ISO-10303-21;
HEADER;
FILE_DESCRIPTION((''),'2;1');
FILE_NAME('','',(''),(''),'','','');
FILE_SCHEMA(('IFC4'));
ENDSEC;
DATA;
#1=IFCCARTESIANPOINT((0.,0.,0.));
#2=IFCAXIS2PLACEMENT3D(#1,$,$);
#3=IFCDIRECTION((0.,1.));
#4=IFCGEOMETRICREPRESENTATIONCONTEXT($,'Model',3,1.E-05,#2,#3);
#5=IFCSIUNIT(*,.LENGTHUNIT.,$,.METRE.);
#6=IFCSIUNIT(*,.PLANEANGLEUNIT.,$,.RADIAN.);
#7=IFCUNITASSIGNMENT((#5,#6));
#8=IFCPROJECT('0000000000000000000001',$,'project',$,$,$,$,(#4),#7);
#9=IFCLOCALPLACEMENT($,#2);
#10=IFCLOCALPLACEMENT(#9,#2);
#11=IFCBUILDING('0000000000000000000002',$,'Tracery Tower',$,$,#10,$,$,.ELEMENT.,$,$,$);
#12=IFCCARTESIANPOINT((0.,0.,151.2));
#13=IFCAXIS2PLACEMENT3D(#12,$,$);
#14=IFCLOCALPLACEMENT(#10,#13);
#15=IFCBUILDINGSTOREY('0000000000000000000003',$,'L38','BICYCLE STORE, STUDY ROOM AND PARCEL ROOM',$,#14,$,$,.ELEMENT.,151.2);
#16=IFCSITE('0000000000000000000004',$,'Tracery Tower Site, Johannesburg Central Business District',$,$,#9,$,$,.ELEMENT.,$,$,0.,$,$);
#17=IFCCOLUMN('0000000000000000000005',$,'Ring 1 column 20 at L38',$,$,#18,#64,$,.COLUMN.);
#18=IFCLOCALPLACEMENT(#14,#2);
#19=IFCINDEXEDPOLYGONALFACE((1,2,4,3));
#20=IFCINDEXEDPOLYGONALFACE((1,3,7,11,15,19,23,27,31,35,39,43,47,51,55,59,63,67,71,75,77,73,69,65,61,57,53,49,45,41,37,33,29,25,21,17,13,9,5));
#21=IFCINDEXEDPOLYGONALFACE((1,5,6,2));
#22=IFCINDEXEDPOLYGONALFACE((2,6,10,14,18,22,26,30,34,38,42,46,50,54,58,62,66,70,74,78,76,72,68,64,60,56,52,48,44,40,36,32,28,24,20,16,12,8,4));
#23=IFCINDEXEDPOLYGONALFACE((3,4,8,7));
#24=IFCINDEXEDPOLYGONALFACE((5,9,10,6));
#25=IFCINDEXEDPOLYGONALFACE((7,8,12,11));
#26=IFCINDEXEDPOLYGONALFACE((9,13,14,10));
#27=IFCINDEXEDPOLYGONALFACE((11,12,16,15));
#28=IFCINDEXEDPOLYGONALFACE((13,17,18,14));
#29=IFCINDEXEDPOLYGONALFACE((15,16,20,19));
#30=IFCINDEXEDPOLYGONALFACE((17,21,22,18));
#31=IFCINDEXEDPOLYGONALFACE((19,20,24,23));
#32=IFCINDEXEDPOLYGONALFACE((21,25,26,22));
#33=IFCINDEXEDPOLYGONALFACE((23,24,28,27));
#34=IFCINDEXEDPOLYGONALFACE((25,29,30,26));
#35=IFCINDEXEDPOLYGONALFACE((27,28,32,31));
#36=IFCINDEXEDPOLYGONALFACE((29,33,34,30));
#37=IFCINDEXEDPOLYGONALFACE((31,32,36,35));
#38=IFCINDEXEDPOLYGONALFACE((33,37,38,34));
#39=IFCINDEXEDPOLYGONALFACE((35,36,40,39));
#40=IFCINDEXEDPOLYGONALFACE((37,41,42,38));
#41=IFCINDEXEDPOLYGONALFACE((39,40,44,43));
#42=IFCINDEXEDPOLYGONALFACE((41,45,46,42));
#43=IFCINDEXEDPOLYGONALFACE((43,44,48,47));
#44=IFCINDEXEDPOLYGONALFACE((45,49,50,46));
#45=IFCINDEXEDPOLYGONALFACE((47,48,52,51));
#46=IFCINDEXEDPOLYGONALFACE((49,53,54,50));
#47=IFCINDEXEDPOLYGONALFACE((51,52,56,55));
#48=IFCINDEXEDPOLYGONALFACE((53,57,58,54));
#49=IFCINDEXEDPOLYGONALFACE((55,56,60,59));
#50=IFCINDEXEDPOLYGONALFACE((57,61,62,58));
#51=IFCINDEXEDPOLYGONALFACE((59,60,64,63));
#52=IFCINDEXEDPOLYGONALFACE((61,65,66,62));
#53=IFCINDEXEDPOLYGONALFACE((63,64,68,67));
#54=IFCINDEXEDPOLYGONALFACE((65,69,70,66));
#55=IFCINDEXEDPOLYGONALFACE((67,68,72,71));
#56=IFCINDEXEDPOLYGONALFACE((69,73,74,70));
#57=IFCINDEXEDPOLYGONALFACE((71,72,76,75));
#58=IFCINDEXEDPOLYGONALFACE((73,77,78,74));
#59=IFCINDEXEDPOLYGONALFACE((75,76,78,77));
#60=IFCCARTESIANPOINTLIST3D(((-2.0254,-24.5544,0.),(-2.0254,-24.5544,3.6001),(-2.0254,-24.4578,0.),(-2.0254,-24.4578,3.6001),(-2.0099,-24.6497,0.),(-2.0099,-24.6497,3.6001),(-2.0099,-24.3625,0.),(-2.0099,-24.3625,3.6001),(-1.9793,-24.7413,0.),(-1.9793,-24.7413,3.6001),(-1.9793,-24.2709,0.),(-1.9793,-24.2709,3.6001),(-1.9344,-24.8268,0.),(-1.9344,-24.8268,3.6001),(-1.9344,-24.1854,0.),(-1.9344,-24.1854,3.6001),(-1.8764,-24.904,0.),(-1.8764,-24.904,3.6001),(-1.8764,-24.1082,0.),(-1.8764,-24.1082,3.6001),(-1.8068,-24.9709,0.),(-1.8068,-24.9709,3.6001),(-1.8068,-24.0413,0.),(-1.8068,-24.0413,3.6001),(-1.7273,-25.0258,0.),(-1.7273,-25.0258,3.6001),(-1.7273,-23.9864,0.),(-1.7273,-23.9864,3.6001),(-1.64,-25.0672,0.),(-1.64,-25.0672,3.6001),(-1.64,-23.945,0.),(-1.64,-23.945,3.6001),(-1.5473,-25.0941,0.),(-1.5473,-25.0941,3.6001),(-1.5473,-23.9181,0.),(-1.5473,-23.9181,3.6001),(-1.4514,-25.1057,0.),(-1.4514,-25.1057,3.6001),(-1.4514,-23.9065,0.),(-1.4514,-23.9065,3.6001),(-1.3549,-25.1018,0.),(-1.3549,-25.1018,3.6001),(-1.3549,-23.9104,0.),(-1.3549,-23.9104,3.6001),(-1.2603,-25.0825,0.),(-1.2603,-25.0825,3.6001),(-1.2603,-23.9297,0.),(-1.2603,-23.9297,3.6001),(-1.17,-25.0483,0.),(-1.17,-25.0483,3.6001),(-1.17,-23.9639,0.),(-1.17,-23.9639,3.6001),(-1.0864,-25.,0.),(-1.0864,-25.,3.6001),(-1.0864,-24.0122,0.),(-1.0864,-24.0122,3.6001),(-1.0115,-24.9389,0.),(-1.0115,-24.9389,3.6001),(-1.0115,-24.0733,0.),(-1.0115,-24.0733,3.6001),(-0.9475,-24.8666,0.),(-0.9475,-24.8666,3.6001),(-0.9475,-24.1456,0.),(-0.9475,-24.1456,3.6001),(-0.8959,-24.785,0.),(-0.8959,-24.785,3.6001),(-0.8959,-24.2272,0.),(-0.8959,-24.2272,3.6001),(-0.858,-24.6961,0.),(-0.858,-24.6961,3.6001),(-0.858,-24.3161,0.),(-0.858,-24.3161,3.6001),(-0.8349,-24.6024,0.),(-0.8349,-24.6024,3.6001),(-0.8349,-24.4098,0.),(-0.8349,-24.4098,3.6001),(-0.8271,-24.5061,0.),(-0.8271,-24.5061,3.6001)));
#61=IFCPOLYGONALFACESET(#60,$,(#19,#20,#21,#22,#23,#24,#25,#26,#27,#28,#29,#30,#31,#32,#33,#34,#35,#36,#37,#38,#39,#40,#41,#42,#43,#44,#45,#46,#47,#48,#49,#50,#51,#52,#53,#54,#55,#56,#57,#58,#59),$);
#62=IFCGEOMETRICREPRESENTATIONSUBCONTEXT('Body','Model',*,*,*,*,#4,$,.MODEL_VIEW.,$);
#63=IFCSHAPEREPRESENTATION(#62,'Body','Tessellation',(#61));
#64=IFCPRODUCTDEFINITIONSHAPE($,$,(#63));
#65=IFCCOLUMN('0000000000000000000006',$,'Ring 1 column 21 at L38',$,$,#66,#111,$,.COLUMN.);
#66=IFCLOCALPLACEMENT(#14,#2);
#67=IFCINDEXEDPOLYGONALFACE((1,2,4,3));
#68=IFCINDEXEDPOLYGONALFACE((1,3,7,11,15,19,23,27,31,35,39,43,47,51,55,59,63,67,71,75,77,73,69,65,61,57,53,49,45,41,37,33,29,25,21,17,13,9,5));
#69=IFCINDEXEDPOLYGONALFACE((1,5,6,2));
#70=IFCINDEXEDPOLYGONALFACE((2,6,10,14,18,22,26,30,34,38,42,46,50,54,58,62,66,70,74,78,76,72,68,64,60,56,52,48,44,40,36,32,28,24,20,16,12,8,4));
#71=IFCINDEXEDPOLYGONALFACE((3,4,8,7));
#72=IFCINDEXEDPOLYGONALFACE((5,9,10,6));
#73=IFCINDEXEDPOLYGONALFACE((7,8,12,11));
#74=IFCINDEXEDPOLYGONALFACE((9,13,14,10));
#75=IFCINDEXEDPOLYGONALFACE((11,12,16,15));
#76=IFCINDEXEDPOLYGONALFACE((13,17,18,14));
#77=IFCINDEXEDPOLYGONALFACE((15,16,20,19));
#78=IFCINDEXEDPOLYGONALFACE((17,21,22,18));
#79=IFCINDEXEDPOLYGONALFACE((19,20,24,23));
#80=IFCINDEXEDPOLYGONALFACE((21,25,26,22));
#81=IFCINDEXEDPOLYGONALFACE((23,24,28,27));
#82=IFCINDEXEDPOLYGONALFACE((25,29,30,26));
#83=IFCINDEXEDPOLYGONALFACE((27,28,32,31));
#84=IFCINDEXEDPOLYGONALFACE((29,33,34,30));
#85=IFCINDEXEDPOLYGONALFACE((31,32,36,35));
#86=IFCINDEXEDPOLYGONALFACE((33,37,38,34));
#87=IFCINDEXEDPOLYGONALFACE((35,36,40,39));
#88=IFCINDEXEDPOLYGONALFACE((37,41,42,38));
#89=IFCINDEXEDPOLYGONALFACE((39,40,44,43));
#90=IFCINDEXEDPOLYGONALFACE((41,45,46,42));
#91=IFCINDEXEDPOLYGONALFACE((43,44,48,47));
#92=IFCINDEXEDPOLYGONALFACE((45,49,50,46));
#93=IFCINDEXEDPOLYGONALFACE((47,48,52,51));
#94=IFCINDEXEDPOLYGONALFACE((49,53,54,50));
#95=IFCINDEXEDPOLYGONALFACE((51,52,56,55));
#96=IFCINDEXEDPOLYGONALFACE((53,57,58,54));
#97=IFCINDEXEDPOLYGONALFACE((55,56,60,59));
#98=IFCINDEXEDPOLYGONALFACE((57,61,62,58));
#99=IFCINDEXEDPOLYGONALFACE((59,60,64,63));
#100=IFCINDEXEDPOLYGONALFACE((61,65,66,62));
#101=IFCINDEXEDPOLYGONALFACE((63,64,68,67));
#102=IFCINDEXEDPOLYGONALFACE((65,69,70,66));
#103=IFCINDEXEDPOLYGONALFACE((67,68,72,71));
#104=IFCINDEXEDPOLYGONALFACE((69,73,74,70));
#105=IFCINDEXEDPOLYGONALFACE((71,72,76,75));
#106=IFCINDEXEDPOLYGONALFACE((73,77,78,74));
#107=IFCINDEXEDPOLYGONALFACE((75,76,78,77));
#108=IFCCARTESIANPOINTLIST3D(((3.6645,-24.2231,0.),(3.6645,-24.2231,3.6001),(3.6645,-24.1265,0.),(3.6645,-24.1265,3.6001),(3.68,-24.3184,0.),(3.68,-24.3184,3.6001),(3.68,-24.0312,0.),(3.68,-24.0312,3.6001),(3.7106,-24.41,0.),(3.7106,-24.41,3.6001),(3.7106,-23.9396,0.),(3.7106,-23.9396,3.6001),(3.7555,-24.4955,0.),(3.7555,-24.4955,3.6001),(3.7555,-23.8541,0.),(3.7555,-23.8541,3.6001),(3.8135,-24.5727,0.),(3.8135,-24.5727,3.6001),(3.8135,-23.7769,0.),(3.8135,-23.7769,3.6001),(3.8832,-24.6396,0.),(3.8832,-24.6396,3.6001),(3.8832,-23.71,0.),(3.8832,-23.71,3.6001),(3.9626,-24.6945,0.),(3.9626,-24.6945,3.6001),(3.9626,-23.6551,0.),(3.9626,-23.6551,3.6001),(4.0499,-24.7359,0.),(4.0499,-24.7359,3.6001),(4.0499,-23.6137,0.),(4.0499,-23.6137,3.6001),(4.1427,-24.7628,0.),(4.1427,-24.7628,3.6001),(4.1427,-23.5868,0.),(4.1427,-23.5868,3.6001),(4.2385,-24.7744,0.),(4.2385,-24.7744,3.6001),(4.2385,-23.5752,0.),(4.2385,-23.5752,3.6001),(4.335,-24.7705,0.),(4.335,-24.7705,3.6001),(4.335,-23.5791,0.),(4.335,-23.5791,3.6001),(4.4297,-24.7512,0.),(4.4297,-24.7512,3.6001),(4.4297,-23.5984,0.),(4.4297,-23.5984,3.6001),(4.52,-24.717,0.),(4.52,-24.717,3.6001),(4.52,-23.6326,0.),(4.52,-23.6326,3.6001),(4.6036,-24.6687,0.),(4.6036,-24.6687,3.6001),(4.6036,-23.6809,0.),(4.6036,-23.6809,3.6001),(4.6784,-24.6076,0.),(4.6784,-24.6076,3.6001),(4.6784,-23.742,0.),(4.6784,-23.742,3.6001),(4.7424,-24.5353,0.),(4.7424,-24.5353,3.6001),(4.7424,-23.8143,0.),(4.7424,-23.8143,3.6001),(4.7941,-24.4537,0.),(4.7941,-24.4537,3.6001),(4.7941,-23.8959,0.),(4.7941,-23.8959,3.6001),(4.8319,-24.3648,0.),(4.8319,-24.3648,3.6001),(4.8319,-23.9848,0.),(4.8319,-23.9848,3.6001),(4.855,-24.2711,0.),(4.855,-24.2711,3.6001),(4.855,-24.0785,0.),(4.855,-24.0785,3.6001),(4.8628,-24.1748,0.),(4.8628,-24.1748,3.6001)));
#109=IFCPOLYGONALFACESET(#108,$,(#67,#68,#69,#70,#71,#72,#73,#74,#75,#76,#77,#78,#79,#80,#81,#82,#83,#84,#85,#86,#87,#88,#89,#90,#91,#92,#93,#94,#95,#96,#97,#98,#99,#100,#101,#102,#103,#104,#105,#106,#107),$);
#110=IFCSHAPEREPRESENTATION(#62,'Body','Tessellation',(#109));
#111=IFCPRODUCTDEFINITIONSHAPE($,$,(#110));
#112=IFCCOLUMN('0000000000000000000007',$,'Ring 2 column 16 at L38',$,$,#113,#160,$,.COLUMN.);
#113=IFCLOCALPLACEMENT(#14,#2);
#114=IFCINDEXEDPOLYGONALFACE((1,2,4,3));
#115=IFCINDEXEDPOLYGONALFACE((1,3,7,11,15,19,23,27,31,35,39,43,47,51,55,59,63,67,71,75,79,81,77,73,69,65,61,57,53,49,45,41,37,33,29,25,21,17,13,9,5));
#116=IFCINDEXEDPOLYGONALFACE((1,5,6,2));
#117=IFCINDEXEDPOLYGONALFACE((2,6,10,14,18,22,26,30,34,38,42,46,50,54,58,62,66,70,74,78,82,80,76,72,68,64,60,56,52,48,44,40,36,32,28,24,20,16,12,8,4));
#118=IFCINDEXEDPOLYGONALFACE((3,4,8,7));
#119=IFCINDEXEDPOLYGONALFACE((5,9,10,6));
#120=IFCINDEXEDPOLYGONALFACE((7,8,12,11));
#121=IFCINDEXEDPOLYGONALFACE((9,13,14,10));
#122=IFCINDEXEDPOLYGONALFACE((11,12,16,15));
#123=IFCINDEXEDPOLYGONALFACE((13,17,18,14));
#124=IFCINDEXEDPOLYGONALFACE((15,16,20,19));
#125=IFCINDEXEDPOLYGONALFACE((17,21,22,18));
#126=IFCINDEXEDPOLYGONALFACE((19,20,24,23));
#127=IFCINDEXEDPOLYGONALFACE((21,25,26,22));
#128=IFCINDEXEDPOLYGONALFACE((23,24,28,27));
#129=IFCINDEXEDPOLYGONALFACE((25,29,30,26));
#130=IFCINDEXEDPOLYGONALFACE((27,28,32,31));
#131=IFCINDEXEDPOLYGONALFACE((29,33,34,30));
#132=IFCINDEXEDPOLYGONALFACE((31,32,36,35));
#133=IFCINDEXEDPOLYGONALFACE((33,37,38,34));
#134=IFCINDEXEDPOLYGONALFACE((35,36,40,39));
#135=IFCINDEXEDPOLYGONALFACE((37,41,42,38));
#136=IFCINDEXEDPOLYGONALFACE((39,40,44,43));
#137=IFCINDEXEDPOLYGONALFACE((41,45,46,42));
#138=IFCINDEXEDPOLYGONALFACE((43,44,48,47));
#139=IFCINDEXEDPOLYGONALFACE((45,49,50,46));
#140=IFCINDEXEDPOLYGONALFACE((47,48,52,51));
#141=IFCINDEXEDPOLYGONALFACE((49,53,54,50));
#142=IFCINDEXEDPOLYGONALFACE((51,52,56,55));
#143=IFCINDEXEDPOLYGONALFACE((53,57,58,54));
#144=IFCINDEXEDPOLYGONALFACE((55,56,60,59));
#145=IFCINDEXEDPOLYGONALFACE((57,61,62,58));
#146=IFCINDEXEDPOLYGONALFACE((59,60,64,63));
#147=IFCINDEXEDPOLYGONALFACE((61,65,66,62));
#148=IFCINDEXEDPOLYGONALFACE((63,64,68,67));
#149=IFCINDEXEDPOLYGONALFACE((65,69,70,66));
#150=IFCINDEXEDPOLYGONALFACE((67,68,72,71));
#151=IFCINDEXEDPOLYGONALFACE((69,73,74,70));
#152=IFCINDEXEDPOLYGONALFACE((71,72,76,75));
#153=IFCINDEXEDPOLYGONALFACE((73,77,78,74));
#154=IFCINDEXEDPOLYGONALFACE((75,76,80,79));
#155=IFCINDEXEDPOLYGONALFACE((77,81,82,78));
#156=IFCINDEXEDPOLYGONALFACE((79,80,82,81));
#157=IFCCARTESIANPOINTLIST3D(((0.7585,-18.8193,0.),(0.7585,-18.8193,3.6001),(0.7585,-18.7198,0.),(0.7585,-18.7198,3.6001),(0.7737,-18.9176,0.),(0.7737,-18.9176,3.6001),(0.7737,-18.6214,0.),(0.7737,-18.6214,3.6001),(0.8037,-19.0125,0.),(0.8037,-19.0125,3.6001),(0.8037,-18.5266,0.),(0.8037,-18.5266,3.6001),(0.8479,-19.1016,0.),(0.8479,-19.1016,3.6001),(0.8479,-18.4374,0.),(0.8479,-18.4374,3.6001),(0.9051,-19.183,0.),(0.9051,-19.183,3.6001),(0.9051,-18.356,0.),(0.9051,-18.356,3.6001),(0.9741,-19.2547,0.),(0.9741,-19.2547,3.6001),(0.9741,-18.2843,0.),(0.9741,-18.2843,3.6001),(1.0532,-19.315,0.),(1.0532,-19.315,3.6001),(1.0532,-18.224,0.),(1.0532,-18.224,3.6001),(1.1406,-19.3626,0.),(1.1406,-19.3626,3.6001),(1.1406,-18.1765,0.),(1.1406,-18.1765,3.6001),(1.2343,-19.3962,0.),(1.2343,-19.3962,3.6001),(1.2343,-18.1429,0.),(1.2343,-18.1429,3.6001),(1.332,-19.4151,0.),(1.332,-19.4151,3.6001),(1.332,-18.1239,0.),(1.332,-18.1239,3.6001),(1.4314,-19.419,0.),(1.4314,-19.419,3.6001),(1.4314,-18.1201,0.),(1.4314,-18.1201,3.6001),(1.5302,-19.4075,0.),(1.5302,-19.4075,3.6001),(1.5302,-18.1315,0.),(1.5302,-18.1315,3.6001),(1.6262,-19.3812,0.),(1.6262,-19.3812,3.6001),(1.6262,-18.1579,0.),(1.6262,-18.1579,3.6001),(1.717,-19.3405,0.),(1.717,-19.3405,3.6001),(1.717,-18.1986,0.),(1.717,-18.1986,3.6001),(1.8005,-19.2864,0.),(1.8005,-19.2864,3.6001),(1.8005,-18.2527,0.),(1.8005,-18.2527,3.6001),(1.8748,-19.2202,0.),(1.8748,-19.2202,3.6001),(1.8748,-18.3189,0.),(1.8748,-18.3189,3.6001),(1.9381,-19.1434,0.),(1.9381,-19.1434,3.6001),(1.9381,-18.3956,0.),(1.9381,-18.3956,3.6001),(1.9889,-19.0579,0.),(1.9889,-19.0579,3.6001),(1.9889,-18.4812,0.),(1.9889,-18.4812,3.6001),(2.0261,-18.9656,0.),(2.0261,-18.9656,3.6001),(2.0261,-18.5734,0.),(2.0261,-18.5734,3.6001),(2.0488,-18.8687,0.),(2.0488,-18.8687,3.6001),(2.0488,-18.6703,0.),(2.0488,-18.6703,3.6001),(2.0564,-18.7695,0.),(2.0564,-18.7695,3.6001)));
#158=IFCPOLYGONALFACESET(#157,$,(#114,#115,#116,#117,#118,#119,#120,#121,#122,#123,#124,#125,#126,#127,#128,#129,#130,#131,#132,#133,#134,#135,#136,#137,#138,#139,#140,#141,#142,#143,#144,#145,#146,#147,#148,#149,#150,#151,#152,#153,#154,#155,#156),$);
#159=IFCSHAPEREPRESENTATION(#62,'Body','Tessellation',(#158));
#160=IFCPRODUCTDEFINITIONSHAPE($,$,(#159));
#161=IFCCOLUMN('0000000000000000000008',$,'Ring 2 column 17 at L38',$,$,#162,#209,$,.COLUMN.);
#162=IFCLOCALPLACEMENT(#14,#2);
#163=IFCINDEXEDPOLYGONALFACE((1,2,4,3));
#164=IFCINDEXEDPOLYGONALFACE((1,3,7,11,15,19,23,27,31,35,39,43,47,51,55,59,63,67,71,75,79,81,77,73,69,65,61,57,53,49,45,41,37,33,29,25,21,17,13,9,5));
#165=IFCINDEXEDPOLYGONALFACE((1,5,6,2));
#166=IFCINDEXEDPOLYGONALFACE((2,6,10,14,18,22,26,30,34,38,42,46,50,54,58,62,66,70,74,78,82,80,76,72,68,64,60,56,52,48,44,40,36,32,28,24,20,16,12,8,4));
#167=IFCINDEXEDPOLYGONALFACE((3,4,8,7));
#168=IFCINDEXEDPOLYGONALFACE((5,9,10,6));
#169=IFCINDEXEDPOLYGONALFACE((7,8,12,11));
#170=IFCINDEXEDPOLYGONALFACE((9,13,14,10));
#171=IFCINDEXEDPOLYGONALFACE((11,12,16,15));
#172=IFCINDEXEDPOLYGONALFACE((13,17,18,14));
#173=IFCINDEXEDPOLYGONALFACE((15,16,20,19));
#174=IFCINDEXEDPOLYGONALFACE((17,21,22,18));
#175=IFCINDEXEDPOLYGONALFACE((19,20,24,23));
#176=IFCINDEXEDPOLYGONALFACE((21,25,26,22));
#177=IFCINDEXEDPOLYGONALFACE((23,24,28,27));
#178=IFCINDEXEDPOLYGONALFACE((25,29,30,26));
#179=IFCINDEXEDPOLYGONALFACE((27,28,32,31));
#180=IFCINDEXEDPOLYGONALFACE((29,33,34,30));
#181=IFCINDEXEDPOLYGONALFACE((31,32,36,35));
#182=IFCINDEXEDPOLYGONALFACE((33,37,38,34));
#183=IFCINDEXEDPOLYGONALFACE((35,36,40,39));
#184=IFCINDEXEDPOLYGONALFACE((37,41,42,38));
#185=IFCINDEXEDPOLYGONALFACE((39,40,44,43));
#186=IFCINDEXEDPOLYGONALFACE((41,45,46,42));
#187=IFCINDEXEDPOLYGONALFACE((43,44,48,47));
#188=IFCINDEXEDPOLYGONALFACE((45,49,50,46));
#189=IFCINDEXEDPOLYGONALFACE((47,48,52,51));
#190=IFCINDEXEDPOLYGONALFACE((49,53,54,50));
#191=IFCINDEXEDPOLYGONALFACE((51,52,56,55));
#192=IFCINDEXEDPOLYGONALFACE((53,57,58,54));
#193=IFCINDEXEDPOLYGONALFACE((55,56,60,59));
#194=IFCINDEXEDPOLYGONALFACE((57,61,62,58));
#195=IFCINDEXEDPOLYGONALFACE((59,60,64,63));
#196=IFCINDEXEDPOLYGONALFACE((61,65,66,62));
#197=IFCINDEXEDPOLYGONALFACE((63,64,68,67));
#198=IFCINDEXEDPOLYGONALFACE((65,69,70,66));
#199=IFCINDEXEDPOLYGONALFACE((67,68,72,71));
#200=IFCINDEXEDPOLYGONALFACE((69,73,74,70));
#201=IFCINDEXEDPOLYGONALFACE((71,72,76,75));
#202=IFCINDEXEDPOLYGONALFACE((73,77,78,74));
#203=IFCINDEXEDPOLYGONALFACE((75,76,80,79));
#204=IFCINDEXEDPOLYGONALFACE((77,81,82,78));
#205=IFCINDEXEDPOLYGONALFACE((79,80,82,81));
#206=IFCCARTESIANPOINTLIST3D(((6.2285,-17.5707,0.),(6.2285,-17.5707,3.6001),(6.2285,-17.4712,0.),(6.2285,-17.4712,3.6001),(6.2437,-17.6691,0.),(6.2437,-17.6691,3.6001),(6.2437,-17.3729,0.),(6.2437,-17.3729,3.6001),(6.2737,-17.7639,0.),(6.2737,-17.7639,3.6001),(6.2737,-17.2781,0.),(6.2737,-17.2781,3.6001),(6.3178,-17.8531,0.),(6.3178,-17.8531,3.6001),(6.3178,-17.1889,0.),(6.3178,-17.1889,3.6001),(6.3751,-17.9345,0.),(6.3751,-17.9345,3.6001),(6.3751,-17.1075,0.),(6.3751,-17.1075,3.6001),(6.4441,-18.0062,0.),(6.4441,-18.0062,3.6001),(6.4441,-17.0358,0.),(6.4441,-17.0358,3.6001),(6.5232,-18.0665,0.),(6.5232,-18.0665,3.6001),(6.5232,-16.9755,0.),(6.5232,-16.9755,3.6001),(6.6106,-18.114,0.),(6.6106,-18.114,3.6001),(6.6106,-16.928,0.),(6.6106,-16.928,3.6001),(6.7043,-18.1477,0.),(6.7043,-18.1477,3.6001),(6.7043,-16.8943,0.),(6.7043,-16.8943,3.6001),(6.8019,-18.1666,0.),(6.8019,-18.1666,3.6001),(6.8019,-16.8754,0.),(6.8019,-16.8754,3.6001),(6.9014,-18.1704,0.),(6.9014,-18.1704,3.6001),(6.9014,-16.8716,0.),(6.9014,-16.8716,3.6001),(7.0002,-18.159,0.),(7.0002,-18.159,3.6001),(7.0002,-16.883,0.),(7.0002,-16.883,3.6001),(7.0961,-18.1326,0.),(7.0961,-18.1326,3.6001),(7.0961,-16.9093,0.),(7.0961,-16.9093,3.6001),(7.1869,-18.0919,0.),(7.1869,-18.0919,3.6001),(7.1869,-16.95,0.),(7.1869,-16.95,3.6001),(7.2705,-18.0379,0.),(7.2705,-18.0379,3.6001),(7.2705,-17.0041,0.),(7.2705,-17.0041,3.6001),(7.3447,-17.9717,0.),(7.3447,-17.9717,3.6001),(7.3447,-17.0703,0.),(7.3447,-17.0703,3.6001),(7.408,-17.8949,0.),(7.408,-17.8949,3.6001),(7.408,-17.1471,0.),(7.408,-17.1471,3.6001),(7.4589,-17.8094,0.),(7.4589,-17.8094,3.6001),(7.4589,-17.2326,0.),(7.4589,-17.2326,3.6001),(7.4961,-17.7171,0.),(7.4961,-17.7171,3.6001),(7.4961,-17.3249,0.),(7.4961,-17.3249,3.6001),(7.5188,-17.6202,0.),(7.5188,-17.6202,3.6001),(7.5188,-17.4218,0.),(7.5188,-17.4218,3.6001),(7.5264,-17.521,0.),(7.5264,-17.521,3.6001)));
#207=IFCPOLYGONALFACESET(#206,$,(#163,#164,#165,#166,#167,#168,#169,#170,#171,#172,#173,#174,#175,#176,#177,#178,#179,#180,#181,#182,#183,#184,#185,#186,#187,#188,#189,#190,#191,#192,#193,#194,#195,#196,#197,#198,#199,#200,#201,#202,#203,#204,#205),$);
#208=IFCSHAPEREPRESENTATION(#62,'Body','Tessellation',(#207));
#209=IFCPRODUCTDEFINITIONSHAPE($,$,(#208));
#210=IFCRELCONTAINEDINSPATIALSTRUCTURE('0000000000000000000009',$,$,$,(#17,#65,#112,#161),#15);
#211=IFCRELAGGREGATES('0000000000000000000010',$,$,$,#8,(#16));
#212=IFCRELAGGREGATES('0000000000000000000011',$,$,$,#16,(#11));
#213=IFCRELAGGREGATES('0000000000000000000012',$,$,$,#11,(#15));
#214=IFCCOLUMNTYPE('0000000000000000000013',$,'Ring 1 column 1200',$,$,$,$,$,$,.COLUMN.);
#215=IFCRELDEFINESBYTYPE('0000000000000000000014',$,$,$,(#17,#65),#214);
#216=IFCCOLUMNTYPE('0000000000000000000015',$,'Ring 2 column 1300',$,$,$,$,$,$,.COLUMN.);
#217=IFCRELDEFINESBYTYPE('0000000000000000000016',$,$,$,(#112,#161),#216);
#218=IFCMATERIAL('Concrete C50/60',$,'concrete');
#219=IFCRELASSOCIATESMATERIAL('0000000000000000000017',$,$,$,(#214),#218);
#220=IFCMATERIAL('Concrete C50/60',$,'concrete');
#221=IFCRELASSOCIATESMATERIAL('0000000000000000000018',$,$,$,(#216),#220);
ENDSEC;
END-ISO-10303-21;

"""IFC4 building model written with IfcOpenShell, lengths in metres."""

from ifc_helpers import new_model, si_unit, direction, frame, origin, origin_2d, place, context, subcontext, project, spatial, circle, extrude, material, material_profile, profile_set, type_object, element, save


model = new_model("IFC4")

# Units and contexts
model_context = context("Model", 3, precision=1e-05, world=origin(), true_north=direction((0.0, 1.0)))
body_context = subcontext(model_context, "Body", "Model", "MODEL_VIEW")
ifc_project = project(units=[si_unit("LENGTHUNIT", "METRE"), si_unit("PLANEANGLEUNIT", "RADIAN")], contexts=[model_context])

# Site, building, storey
site_placement = place(None, origin())
site = spatial("IfcSite", under=ifc_project, at=site_placement, Name="Tracery Tower Site, Johannesburg Central Business District", CompositionType="ELEMENT", RefElevation=0.0)
building_placement = place(site_placement, origin())
building = spatial("IfcBuilding", under=site, at=building_placement, Name="Tracery Tower", CompositionType="ELEMENT")
storey_placement = place(building_placement, frame((0.0, 0.0, 151.2)))
storey = spatial("IfcBuildingStorey", under=building, at=storey_placement, Name="L38", Description="BICYCLE STORE, STUDY ROOM AND PARCEL ROOM", CompositionType="ELEMENT", Elevation=151.2)

# Columns
ifc_material_1 = material(Name="Concrete C50/60", Category="concrete")
ifc_material_profile_1 = material_profile(ifc_material_1, circle(Radius=0.6001, at=origin_2d()), Name="RC D1200")
ifc_profile_set_1 = profile_set([ifc_material_profile_1], Name="Concrete C50/60")
column_type_1 = type_object("IfcColumnType", Name="Ring 1 column 1200", PredefinedType="COLUMN", material=ifc_profile_set_1)
for number, where, z_axis, x_axis, name in (
    (1, (-1.4272, -24.5061, 0.0), (0.0, 0.0, 1.0), (1.0, 0.0, 0.0), "Ring 1 column 20 at L38"),
    (2, (4.2627, -24.1748, 0.0), (0.0, 0.0, 1.0), (1.0, 0.0, 0.0), "Ring 1 column 21 at L38"),
):
    element("IfcColumn", number, at=place(storey_placement, frame(where, z_axis=z_axis, x_axis=x_axis)), inside=storey, type_object=column_type_1, Name=name, PredefinedType="COLUMN", context=body_context, shape_type="SweptSolid", body=[
        extrude(circle(Radius=0.6001, at=origin_2d()), origin(), (0.0, 0.0, 1.0), 3.6001),
    ])
ifc_material_2 = material(Name="Concrete C50/60", Category="concrete")
ifc_material_profile_2 = material_profile(ifc_material_2, circle(Radius=0.6499, at=origin_2d()), Name="RC D1300")
ifc_profile_set_2 = profile_set([ifc_material_profile_2], Name="Concrete C50/60")
column_type_2 = type_object("IfcColumnType", Name="Ring 2 column 1300", PredefinedType="COLUMN", material=ifc_profile_set_2)
for number, where, z_axis, x_axis, name in (
    (3, (1.4065, -18.7695, 0.0), (0.0, 0.0, 1.0), (1.0, 0.0, 0.0), "Ring 2 column 16 at L38"),
    (4, (6.8765, -17.521, 0.0), (0.0, 0.0, 1.0), (1.0, 0.0, 0.0), "Ring 2 column 17 at L38"),
):
    element("IfcColumn", number, at=place(storey_placement, frame(where, z_axis=z_axis, x_axis=x_axis)), inside=storey, type_object=column_type_2, Name=name, PredefinedType="COLUMN", context=body_context, shape_type="SweptSolid", body=[
        extrude(circle(Radius=0.6499, at=origin_2d()), origin(), (0.0, 0.0, 1.0), 3.6001),
    ])

save(model, "model.ifc")
